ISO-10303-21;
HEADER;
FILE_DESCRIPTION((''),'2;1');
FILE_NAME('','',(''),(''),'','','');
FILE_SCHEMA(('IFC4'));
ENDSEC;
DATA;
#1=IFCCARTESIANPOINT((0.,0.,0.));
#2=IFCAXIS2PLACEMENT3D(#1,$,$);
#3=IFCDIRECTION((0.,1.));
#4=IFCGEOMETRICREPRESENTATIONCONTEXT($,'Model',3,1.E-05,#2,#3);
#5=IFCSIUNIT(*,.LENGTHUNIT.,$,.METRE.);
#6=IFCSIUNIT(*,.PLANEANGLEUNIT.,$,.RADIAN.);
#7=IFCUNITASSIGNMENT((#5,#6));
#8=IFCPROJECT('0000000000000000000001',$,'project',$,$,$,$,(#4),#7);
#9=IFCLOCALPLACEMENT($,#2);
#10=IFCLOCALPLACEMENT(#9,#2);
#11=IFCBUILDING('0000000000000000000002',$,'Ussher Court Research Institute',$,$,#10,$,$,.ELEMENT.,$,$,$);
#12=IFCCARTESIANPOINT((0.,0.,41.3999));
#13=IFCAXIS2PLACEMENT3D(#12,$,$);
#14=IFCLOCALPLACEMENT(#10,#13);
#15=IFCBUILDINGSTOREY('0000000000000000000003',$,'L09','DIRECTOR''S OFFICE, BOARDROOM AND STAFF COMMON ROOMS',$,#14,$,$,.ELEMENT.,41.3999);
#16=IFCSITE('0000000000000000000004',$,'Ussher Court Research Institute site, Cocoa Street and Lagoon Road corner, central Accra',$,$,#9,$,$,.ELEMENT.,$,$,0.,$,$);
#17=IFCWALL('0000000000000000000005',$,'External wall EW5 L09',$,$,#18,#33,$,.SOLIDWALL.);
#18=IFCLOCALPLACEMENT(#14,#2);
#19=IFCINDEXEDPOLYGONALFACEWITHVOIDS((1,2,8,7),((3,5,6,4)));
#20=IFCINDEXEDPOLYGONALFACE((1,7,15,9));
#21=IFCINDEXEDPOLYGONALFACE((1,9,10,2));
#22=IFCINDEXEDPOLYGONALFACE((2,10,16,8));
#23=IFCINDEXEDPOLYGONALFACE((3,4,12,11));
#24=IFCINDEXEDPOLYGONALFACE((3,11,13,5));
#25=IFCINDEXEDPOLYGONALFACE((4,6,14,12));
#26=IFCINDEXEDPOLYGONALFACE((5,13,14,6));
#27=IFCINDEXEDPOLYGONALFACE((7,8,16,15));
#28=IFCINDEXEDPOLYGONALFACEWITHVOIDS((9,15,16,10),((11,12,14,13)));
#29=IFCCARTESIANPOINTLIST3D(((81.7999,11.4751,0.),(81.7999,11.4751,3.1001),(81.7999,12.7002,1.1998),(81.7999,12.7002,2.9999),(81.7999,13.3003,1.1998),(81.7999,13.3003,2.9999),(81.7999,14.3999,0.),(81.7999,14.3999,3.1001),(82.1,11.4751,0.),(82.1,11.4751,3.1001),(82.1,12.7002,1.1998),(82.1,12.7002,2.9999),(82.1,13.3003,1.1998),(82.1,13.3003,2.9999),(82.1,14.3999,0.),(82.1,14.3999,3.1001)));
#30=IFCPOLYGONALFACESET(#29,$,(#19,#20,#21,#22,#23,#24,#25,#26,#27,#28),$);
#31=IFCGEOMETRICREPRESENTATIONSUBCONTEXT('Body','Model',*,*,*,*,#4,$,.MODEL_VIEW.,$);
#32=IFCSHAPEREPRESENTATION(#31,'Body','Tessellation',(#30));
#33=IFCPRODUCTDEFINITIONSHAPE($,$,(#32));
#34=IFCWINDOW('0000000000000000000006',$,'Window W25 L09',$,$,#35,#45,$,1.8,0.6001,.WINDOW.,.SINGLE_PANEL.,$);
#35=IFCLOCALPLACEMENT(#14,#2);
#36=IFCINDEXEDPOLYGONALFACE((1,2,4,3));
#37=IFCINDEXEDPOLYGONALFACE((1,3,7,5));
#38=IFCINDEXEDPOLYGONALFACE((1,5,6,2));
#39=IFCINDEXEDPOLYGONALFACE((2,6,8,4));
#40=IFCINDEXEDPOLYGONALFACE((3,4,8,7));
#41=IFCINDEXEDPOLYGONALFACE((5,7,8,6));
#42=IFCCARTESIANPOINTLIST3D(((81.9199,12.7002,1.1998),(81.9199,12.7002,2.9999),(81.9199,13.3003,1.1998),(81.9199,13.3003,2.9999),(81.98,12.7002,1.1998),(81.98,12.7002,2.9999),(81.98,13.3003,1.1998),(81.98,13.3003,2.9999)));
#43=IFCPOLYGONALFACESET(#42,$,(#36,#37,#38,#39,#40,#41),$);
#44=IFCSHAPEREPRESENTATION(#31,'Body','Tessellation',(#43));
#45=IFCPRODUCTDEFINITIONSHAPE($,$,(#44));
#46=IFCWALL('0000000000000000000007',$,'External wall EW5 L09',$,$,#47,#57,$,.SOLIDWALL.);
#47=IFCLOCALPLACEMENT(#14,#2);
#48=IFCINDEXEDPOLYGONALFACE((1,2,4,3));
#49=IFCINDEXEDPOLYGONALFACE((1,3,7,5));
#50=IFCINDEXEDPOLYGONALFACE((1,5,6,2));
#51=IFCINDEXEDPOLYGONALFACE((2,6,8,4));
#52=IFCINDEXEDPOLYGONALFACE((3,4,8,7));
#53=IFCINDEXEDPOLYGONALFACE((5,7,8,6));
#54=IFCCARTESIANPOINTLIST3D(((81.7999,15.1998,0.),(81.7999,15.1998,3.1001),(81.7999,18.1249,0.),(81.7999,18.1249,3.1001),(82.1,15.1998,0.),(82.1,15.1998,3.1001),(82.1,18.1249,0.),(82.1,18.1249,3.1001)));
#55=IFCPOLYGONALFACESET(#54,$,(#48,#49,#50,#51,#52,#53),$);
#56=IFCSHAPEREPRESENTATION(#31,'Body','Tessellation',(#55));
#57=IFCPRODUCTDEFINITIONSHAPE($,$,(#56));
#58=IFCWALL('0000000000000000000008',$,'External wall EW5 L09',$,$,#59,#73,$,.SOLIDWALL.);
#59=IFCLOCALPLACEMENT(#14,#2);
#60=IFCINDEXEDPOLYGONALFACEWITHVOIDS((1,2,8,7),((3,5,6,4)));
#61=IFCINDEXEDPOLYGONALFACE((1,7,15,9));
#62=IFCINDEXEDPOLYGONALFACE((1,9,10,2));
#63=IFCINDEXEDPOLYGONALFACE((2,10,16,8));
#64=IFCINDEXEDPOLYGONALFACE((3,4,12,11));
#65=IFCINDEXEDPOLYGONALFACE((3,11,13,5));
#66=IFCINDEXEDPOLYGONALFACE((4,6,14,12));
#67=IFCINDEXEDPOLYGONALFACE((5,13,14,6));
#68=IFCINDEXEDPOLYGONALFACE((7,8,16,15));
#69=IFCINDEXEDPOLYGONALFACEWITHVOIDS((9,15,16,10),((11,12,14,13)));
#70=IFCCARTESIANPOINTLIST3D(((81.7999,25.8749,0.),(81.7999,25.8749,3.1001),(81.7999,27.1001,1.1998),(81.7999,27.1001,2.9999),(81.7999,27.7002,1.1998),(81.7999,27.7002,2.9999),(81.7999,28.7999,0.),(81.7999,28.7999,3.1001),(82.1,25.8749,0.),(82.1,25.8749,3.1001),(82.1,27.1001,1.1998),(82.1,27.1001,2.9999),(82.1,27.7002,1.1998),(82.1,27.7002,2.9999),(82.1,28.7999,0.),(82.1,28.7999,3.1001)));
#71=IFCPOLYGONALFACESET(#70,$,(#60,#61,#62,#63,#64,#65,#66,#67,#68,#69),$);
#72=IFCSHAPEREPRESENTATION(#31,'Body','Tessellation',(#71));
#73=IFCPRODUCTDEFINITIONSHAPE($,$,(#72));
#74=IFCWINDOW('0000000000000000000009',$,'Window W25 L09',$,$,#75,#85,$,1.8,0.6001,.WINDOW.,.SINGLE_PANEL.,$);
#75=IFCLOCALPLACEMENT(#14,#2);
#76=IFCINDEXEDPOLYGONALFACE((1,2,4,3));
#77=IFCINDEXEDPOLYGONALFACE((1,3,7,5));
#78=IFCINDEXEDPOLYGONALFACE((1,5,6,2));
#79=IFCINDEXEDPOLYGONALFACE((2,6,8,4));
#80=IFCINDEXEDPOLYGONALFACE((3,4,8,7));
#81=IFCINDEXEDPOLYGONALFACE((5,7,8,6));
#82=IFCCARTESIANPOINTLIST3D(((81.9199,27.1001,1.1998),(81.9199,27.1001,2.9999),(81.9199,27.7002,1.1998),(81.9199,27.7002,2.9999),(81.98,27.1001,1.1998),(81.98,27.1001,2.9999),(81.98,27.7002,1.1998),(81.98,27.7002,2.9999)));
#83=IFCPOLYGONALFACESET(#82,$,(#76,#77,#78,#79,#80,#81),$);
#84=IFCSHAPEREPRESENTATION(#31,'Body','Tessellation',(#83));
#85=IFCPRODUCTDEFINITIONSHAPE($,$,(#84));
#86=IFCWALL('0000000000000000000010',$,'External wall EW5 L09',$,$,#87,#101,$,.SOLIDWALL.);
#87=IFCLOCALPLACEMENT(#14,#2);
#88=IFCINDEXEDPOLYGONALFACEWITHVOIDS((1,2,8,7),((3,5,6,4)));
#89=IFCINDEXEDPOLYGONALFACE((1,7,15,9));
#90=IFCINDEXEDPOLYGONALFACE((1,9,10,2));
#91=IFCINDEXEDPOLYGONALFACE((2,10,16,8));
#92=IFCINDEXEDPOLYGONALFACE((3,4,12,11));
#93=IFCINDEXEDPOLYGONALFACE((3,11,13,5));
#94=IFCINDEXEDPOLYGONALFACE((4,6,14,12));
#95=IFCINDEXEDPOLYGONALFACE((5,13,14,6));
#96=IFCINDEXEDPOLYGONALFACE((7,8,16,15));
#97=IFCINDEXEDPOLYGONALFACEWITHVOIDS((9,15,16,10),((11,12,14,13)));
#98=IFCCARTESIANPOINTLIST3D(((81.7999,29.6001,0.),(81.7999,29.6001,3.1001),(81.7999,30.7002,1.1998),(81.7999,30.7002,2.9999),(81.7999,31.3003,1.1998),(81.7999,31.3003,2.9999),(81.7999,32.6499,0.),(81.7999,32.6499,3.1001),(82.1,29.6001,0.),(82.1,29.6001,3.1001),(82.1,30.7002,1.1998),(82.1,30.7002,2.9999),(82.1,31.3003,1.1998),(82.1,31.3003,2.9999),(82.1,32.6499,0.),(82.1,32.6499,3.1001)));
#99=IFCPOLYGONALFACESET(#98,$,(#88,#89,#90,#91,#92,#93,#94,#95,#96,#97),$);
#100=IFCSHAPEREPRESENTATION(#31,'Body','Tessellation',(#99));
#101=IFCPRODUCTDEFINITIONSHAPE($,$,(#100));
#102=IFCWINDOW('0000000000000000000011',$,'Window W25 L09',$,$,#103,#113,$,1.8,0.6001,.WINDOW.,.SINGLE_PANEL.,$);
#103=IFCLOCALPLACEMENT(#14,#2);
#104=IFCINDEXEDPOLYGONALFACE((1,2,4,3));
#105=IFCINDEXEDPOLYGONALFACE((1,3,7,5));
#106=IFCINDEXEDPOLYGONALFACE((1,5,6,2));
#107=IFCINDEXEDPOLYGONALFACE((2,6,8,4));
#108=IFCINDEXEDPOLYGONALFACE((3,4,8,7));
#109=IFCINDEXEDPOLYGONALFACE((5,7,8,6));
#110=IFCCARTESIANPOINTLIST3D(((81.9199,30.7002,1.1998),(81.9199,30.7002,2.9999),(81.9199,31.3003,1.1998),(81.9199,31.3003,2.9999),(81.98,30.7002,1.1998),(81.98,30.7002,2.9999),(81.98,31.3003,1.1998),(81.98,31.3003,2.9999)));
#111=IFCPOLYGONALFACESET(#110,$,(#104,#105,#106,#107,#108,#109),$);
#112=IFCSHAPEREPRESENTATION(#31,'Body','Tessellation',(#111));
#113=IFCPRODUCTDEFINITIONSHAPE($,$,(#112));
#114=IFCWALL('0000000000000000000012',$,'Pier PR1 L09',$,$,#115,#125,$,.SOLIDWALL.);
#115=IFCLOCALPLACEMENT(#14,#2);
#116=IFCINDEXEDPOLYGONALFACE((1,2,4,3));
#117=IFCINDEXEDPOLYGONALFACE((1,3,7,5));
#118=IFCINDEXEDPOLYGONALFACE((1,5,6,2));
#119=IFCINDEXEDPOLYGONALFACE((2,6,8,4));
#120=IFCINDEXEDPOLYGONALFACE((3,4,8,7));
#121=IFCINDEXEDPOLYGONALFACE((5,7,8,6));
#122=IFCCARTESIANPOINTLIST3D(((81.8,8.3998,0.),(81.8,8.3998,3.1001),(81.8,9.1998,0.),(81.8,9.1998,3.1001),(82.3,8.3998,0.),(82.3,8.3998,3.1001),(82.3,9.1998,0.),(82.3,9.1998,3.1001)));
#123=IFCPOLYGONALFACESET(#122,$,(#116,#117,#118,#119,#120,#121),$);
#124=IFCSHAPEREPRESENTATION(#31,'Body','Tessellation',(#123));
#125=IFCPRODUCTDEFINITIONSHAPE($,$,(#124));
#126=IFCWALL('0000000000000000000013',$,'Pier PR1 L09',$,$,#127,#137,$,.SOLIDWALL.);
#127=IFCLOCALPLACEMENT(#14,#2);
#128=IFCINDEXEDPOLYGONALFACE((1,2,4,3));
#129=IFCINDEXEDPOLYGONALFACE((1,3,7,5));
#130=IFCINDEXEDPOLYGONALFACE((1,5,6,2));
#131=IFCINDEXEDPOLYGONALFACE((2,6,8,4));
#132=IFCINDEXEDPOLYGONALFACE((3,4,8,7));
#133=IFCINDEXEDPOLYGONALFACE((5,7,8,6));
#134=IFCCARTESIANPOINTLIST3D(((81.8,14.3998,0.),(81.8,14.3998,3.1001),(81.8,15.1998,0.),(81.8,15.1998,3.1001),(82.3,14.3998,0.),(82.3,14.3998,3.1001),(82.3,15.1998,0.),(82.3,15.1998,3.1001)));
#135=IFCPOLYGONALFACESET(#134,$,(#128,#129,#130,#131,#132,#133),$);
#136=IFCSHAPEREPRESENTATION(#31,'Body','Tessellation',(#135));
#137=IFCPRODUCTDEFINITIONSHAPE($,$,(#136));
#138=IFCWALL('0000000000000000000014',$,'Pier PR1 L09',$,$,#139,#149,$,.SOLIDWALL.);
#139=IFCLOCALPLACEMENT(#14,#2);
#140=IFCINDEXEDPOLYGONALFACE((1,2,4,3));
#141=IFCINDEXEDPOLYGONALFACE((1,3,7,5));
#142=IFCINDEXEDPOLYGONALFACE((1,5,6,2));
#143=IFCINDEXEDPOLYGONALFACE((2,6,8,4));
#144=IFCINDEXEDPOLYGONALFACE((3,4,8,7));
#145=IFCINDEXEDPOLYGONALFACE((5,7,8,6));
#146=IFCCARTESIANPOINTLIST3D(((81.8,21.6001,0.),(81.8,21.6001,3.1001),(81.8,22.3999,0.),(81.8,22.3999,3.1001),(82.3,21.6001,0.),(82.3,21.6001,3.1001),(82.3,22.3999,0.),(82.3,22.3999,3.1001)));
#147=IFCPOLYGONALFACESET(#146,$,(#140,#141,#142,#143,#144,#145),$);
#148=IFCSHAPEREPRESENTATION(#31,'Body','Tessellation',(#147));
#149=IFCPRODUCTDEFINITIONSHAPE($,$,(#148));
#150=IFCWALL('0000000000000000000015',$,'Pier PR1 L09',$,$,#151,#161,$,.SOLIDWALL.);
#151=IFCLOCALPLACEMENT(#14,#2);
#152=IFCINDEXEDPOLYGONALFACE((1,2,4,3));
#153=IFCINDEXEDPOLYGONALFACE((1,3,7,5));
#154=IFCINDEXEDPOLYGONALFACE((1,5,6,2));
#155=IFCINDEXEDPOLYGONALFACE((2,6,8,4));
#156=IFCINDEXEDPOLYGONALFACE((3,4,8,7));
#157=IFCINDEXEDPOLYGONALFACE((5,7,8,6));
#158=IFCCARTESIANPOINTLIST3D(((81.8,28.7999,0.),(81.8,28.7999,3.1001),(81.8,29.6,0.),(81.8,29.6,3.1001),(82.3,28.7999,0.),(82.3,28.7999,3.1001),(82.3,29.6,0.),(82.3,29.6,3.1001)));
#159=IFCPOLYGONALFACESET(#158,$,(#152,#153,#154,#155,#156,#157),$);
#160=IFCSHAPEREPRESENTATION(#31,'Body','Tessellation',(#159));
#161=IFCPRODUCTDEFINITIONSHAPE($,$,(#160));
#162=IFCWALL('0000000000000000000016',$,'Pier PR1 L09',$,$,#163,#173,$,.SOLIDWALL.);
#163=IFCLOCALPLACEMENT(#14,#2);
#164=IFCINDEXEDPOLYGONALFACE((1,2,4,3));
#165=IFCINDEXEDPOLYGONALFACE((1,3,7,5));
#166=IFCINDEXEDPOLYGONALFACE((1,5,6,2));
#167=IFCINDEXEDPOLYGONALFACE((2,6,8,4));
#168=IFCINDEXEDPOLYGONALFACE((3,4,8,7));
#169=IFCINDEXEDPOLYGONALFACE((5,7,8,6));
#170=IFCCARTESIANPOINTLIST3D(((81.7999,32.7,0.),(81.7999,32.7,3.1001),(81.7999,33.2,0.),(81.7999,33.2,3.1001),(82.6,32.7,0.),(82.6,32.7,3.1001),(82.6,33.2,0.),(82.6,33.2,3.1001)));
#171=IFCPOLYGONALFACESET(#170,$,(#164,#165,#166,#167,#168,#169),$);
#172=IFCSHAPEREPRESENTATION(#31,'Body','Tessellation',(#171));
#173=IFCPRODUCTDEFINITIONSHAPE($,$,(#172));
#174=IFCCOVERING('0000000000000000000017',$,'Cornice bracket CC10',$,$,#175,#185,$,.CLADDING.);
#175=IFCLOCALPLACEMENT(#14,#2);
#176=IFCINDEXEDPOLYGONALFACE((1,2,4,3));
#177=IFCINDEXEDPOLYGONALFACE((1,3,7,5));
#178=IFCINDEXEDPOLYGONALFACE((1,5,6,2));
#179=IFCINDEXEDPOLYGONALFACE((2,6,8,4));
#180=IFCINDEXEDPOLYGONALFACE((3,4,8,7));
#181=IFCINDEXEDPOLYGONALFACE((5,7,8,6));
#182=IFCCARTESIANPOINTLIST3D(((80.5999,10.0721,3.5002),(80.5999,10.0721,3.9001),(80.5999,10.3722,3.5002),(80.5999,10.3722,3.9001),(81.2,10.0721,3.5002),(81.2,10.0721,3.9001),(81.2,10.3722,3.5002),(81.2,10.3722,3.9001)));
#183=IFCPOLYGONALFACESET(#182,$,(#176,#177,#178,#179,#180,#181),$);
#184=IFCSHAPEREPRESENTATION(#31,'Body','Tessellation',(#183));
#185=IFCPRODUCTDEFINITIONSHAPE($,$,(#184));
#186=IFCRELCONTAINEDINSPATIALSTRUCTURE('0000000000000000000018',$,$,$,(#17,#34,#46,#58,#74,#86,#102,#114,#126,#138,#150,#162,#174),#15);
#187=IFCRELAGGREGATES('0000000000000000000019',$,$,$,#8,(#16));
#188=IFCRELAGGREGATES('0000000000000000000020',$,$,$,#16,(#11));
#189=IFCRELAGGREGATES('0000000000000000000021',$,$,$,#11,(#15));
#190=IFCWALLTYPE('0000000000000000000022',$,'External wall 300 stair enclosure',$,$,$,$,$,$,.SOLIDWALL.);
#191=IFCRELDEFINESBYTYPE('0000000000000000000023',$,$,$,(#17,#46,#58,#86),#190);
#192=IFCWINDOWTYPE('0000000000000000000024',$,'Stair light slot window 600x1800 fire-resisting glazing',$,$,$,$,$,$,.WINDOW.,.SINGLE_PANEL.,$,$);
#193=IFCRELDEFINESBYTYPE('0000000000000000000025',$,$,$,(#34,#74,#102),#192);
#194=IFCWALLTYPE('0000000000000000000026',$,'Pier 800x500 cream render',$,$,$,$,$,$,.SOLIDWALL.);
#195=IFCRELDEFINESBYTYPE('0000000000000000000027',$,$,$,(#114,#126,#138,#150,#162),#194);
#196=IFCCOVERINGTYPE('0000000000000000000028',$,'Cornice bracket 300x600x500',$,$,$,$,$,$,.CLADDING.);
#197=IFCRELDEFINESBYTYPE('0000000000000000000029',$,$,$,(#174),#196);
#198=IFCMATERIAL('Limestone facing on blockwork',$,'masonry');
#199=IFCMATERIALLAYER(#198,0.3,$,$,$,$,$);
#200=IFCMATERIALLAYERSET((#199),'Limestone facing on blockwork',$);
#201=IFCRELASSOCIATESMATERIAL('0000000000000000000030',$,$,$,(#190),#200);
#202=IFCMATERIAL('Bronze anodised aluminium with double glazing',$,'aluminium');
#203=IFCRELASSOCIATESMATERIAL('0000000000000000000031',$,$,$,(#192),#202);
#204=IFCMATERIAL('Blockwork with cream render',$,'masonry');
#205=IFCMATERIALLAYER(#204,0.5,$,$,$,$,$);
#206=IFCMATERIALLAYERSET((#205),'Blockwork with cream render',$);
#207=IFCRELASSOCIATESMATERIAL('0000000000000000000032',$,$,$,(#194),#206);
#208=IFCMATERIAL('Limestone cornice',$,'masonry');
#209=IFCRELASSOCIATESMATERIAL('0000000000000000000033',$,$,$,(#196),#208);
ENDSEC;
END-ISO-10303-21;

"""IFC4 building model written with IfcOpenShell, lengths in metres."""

from ifc_helpers import new_model, si_unit, direction, frame, frame_2d, origin, origin_2d, place, context, subcontext, project, spatial, rectangle, extrude, material, layer, layer_set, type_object, element, fill, save


model = new_model("IFC4")

# Units and contexts
model_context = context("Model", 3, precision=1e-05, world=origin(), true_north=direction((0.0, 1.0)))
body_context = subcontext(model_context, "Body", "Model", "MODEL_VIEW")
ifc_project = project(units=[si_unit("LENGTHUNIT", "METRE"), si_unit("PLANEANGLEUNIT", "RADIAN")], contexts=[model_context])

# Site, building, storey
site_placement = place(None, origin())
site = spatial("IfcSite", under=ifc_project, at=site_placement, Name="Ussher Court Research Institute site, Cocoa Street and Lagoon Road corner, central Accra", CompositionType="ELEMENT", RefElevation=0.0)
building_placement = place(site_placement, origin())
building = spatial("IfcBuilding", under=site, at=building_placement, Name="Ussher Court Research Institute", CompositionType="ELEMENT")
storey_placement = place(building_placement, frame((0.0, 0.0, 41.3999)))
storey = spatial("IfcBuildingStorey", under=building, at=storey_placement, Name="L09", Description="DIRECTOR'S OFFICE, BOARDROOM AND STAFF COMMON ROOMS", CompositionType="ELEMENT", Elevation=41.3999)

# Wall, opening, window
ifc_material_1 = material(Name="Limestone facing on blockwork", Category="masonry")
ifc_layer_1 = layer(ifc_material_1, 0.3)
ifc_layer_set_1 = layer_set([ifc_layer_1], Name="Limestone facing on blockwork")
wall_type_1 = type_object("IfcWallType", Name="External wall 300 stair enclosure", PredefinedType="SOLIDWALL", material=ifc_layer_set_1)
wall_1_placement = place(storey_placement, frame((81.95, 11.4751, 0.0), z_axis=(0.0, 0.0, 1.0), x_axis=(0.0, 1.0, 0.0)))
wall_1 = element("IfcWall", 1, at=wall_1_placement, inside=storey, type_object=wall_type_1, Name="External wall EW5 L09", PredefinedType="SOLIDWALL", context=body_context, shape_type="SweptSolid", body=[
    extrude(rectangle(XDim=2.9248, YDim=0.3, at=frame_2d((1.4624, 0.0))), origin(), (0.0, 0.0, 1.0), 3.1001),
])
opening_1_placement = place(wall_1_placement, frame((1.2251, 0.0, 1.2)))
opening_1 = element("IfcOpeningElement", 2, at=opening_1_placement, cuts=wall_1, PredefinedType="OPENING", context=body_context, shape_type="SweptSolid", body=[
    extrude(rectangle(XDim=0.6001, YDim=1.8, at=frame_2d((0.3, 0.8999))), frame((0.0, 0.1602, 0.0), z_axis=(0.0, -1.0, 0.0), x_axis=(1.0, 0.0, 0.0)), (0.0, 0.0, 1.0), 0.3201),
])
ifc_material_2 = material(Name="Bronze anodised aluminium with double glazing", Category="aluminium")
window_type_1 = type_object("IfcWindowType", Name="Stair light slot window 600x1800 fire-resisting glazing", PartitioningType="SINGLE_PANEL", PredefinedType="WINDOW", material=ifc_material_2)
window_1_placement = place(opening_1_placement, origin())
window_1 = element("IfcWindow", 3, at=window_1_placement, inside=storey, type_object=window_type_1, Name="Window W25 L09", OverallHeight=1.8, OverallWidth=0.6001, PartitioningType="SINGLE_PANEL", PredefinedType="WINDOW", context=body_context, shape_type="SweptSolid", body=[
    extrude(rectangle(XDim=0.6001, YDim=1.8, at=frame_2d((0.3, 0.8999))), frame((0.0, 0.03, 0.0), z_axis=(0.0, -1.0, 0.0), x_axis=(1.0, 0.0, 0.0)), (0.0, 0.0, 1.0), 0.0601),
])
fill(opening_1, window_1)

# Wall
wall_2_placement = place(storey_placement, frame((81.95, 15.2, 0.0), z_axis=(0.0, 0.0, 1.0), x_axis=(0.0, 1.0, 0.0)))
element("IfcWall", 4, at=wall_2_placement, inside=storey, type_object=wall_type_1, Name="External wall EW5 L09", PredefinedType="SOLIDWALL", context=body_context, shape_type="SweptSolid", body=[
    extrude(rectangle(XDim=2.925, YDim=0.3, at=frame_2d((1.4624, 0.0))), origin(), (0.0, 0.0, 1.0), 3.1001),
])

# Walls, openings, windows
wall_3_placement = place(storey_placement, frame((81.95, 25.875, 0.0), z_axis=(0.0, 0.0, 1.0), x_axis=(0.0, 1.0, 0.0)))
wall_3 = element("IfcWall", 5, at=wall_3_placement, inside=storey, type_object=wall_type_1, Name="External wall EW5 L09", PredefinedType="SOLIDWALL", context=body_context, shape_type="SweptSolid", body=[
    extrude(rectangle(XDim=2.925, YDim=0.3, at=frame_2d((1.4624, 0.0))), origin(), (0.0, 0.0, 1.0), 3.1001),
])
opening_2_placement = place(wall_3_placement, frame((1.2251, 0.0, 1.2)))
opening_2 = element("IfcOpeningElement", 6, at=opening_2_placement, cuts=wall_3, PredefinedType="OPENING", context=body_context, shape_type="SweptSolid", body=[
    extrude(rectangle(XDim=0.6001, YDim=1.8, at=frame_2d((0.3, 0.8999))), frame((0.0, 0.1602, 0.0), z_axis=(0.0, -1.0, 0.0), x_axis=(1.0, 0.0, 0.0)), (0.0, 0.0, 1.0), 0.3201),
])
window_2_placement = place(opening_2_placement, origin())
window_2 = element("IfcWindow", 7, at=window_2_placement, inside=storey, type_object=window_type_1, Name="Window W25 L09", OverallHeight=1.8, OverallWidth=0.6001, PartitioningType="SINGLE_PANEL", PredefinedType="WINDOW", context=body_context, shape_type="SweptSolid", body=[
    extrude(rectangle(XDim=0.6001, YDim=1.8, at=frame_2d((0.3, 0.8999))), frame((0.0, 0.03, 0.0), z_axis=(0.0, -1.0, 0.0), x_axis=(1.0, 0.0, 0.0)), (0.0, 0.0, 1.0), 0.0601),
])
fill(opening_2, window_2)
wall_4_placement = place(storey_placement, frame((81.95, 29.6001, 0.0), z_axis=(0.0, 0.0, 1.0), x_axis=(0.0, 1.0, 0.0)))
wall_4 = element("IfcWall", 8, at=wall_4_placement, inside=storey, type_object=wall_type_1, Name="External wall EW5 L09", PredefinedType="SOLIDWALL", context=body_context, shape_type="SweptSolid", body=[
    extrude(rectangle(XDim=3.0498, YDim=0.3, at=frame_2d((1.5249, 0.0))), origin(), (0.0, 0.0, 1.0), 3.1001),
])
opening_3_placement = place(wall_4_placement, frame((1.1001, 0.0, 1.2)))
opening_3 = element("IfcOpeningElement", 9, at=opening_3_placement, cuts=wall_4, PredefinedType="OPENING", context=body_context, shape_type="SweptSolid", body=[
    extrude(rectangle(XDim=0.6001, YDim=1.8, at=frame_2d((0.3, 0.8999))), frame((0.0, 0.1602, 0.0), z_axis=(0.0, -1.0, 0.0), x_axis=(1.0, 0.0, 0.0)), (0.0, 0.0, 1.0), 0.3201),
])
window_3_placement = place(opening_3_placement, origin())
window_3 = element("IfcWindow", 10, at=window_3_placement, inside=storey, type_object=window_type_1, Name="Window W25 L09", OverallHeight=1.8, OverallWidth=0.6001, PartitioningType="SINGLE_PANEL", PredefinedType="WINDOW", context=body_context, shape_type="SweptSolid", body=[
    extrude(rectangle(XDim=0.6001, YDim=1.8, at=frame_2d((0.3, 0.8999))), frame((0.0, 0.03, 0.0), z_axis=(0.0, -1.0, 0.0), x_axis=(1.0, 0.0, 0.0)), (0.0, 0.0, 1.0), 0.0601),
])
fill(opening_3, window_3)

# Walls
ifc_material_3 = material(Name="Blockwork with cream render", Category="masonry")
ifc_layer_2 = layer(ifc_material_3, 0.5)
ifc_layer_set_2 = layer_set([ifc_layer_2], Name="Blockwork with cream render")
wall_type_2 = type_object("IfcWallType", Name="Pier 800x500 cream render", PredefinedType="SOLIDWALL", material=ifc_layer_set_2)
for number, where, z_axis, x_axis, name in (
    (11, (82.05, 8.3999, 0.0), (0.0, 0.0, 1.0), (0.0, 1.0, 0.0), "Pier PR1 L09"),
    (12, (82.05, 14.3999, 0.0), (0.0, 0.0, 1.0), (0.0, 1.0, 0.0), "Pier PR1 L09"),
):
    element("IfcWall", number, at=place(storey_placement, frame(where, z_axis=z_axis, x_axis=x_axis)), inside=storey, type_object=wall_type_2, Name=name, PredefinedType="SOLIDWALL", context=body_context, shape_type="SweptSolid", body=[
        extrude(rectangle(XDim=0.8, YDim=0.5, at=frame_2d((0.3999, 0.0))), origin(), (0.0, 0.0, 1.0), 3.1001),
    ])
wall_5_placement = place(storey_placement, frame((82.05, 21.6001, 0.0), z_axis=(0.0, 0.0, 1.0), x_axis=(0.0, 1.0, 0.0)))
element("IfcWall", 13, at=wall_5_placement, inside=storey, type_object=wall_type_2, Name="Pier PR1 L09", PredefinedType="SOLIDWALL", context=body_context, shape_type="SweptSolid", body=[
    extrude(rectangle(XDim=0.7998, YDim=0.5, at=frame_2d((0.3999, 0.0))), origin(), (0.0, 0.0, 1.0), 3.1001),
])
for number, where, z_axis, x_axis, name in (
    (14, (82.05, 28.8, 0.0), (0.0, 0.0, 1.0), (0.0, 1.0, 0.0), "Pier PR1 L09"),
    (15, (81.8, 32.95, 0.0), (0.0, 0.0, 1.0), (1.0, 0.0, 0.0), "Pier PR1 L09"),
):
    element("IfcWall", number, at=place(storey_placement, frame(where, z_axis=z_axis, x_axis=x_axis)), inside=storey, type_object=wall_type_2, Name=name, PredefinedType="SOLIDWALL", context=body_context, shape_type="SweptSolid", body=[
        extrude(rectangle(XDim=0.8, YDim=0.5, at=frame_2d((0.3999, 0.0))), origin(), (0.0, 0.0, 1.0), 3.1001),
    ])

# Covering
ifc_material_4 = material(Name="Limestone cornice", Category="masonry")
covering_type = type_object("IfcCoveringType", Name="Cornice bracket 300x600x500", PredefinedType="CLADDING", material=ifc_material_4)
covering_placement = place(storey_placement, frame((80.8999, 10.2222, 3.5002), z_axis=(0.0, 0.0, 1.0), x_axis=(0.0, -1.0, 0.0)))
element("IfcCovering", 16, at=covering_placement, inside=storey, type_object=covering_type, Name="Cornice bracket CC10", PredefinedType="CLADDING", context=body_context, shape_type="SweptSolid", body=[
    extrude(rectangle(XDim=0.3, YDim=0.6001, at=origin_2d()), origin(), (0.0, 0.0, 1.0), 0.3999),
])

save(model, "model.ifc")
